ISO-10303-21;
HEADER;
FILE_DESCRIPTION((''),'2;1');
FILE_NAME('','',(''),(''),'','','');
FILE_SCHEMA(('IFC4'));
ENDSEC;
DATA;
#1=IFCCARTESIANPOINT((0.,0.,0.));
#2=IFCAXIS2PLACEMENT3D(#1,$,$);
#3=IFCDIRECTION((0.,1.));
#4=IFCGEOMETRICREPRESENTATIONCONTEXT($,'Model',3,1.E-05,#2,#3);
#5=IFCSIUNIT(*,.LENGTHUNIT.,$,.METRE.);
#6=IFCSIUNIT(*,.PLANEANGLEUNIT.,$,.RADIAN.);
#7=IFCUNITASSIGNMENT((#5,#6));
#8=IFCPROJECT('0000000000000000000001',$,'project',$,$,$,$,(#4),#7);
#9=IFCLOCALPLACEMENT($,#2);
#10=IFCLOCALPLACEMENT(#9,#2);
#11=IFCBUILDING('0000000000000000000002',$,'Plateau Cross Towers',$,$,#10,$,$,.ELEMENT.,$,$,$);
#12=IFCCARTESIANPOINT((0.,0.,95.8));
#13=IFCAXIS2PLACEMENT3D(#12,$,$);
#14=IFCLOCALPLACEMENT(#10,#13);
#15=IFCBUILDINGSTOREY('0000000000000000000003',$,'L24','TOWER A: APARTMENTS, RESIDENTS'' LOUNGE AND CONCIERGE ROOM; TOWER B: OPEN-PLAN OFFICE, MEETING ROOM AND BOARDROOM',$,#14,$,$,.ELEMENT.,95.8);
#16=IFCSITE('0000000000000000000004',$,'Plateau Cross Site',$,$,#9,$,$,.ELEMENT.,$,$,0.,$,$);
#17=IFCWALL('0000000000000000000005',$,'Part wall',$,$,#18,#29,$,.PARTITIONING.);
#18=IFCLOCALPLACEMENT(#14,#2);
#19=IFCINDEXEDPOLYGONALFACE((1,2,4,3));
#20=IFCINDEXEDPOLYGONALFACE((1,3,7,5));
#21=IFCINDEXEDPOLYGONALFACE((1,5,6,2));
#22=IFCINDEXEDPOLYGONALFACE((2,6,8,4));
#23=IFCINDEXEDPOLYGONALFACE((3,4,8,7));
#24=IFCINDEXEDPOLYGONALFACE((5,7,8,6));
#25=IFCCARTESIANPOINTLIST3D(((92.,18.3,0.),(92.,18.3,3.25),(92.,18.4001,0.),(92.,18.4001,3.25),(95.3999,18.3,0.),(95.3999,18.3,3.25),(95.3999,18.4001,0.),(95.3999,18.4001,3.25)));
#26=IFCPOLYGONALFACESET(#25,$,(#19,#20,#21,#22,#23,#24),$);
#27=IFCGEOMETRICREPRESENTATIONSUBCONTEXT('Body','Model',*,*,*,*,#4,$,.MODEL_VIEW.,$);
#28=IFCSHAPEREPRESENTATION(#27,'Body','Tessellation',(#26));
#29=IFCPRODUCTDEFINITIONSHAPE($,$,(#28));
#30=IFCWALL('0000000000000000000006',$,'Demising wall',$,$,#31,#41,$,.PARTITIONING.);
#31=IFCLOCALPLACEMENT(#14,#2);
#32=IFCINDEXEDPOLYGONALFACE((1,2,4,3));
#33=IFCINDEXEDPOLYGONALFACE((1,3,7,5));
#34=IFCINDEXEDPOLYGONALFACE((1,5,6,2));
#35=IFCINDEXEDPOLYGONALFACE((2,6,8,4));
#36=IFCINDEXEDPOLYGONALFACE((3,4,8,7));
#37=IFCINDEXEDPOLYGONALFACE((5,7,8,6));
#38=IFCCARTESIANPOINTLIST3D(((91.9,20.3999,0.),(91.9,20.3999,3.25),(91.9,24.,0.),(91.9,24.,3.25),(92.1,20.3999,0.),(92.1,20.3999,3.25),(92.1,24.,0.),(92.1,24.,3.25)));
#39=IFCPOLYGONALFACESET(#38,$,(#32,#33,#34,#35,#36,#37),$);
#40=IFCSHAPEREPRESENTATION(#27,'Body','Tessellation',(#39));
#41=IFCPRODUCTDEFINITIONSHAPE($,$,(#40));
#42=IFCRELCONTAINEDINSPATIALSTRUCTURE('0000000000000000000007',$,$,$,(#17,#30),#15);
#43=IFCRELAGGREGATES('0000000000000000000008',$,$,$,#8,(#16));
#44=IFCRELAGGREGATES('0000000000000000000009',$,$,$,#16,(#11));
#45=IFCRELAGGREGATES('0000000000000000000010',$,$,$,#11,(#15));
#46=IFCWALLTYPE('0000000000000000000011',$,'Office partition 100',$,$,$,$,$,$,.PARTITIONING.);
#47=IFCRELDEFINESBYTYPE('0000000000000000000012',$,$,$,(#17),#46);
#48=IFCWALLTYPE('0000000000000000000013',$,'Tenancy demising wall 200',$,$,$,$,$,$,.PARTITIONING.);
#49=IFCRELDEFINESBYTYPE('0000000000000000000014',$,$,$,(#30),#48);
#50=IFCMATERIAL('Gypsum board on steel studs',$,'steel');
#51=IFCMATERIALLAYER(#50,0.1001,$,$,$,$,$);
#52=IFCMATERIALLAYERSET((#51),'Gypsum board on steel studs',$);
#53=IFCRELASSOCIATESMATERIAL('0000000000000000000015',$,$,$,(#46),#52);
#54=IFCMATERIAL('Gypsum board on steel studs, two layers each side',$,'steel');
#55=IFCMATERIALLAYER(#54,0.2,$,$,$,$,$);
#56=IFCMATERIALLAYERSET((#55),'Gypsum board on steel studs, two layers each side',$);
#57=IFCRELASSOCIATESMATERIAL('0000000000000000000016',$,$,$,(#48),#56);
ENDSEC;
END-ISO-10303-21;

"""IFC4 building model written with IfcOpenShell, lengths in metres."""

from ifc_helpers import new_model, si_unit, direction, frame, frame_2d, origin, place, context, subcontext, project, spatial, rectangle, extrude, material, layer, layer_set, type_object, element, save


model = new_model("IFC4")

# Units and contexts
model_context = context("Model", 3, precision=1e-05, world=origin(), true_north=direction((0.0, 1.0)))
body_context = subcontext(model_context, "Body", "Model", "MODEL_VIEW")
ifc_project = project(units=[si_unit("LENGTHUNIT", "METRE"), si_unit("PLANEANGLEUNIT", "RADIAN")], contexts=[model_context])

# Site, building, storey
site_placement = place(None, origin())
site = spatial("IfcSite", under=ifc_project, at=site_placement, Name="Plateau Cross Site", CompositionType="ELEMENT", RefElevation=0.0)
building_placement = place(site_placement, origin())
building = spatial("IfcBuilding", under=site, at=building_placement, Name="Plateau Cross Towers", CompositionType="ELEMENT")
storey_placement = place(building_placement, frame((0.0, 0.0, 95.8)))
storey = spatial("IfcBuildingStorey", under=building, at=storey_placement, Name="L24", Description="TOWER A: APARTMENTS, RESIDENTS' LOUNGE AND CONCIERGE ROOM; TOWER B: OPEN-PLAN OFFICE, MEETING ROOM AND BOARDROOM", CompositionType="ELEMENT", Elevation=95.8)

# Walls
ifc_material_1 = material(Name="Gypsum board on steel studs", Category="steel")
ifc_layer_1 = layer(ifc_material_1, 0.1001)
ifc_layer_set_1 = layer_set([ifc_layer_1], Name="Gypsum board on steel studs")
wall_type_1 = type_object("IfcWallType", Name="Office partition 100", PredefinedType="PARTITIONING", material=ifc_layer_set_1)
wall_1_placement = place(storey_placement, frame((92.0, 18.3501, 0.0), z_axis=(0.0, 0.0, 1.0), x_axis=(1.0, 0.0, 0.0)))
element("IfcWall", 1, at=wall_1_placement, inside=storey, type_object=wall_type_1, Name="Part wall", PredefinedType="PARTITIONING", context=body_context, shape_type="SweptSolid", body=[
    extrude(rectangle(XDim=3.3999, YDim=0.1001, at=frame_2d((1.7, 0.0))), origin(), (0.0, 0.0, 1.0), 3.25),
])
ifc_material_2 = material(Name="Gypsum board on steel studs, two layers each side", Category="steel")
ifc_layer_2 = layer(ifc_material_2, 0.2)
ifc_layer_set_2 = layer_set([ifc_layer_2], Name="Gypsum board on steel studs, two layers each side")
wall_type_2 = type_object("IfcWallType", Name="Tenancy demising wall 200", PredefinedType="PARTITIONING", material=ifc_layer_set_2)
wall_2_placement = place(storey_placement, frame((92.0, 20.3999, 0.0), z_axis=(0.0, 0.0, 1.0), x_axis=(0.0, 1.0, 0.0)))
element("IfcWall", 2, at=wall_2_placement, inside=storey, type_object=wall_type_2, Name="Demising wall", PredefinedType="PARTITIONING", context=body_context, shape_type="SweptSolid", body=[
    extrude(rectangle(XDim=3.6001, YDim=0.2, at=frame_2d((1.8, 0.0))), origin(), (0.0, 0.0, 1.0), 3.25),
])

save(model, "model.ifc")
